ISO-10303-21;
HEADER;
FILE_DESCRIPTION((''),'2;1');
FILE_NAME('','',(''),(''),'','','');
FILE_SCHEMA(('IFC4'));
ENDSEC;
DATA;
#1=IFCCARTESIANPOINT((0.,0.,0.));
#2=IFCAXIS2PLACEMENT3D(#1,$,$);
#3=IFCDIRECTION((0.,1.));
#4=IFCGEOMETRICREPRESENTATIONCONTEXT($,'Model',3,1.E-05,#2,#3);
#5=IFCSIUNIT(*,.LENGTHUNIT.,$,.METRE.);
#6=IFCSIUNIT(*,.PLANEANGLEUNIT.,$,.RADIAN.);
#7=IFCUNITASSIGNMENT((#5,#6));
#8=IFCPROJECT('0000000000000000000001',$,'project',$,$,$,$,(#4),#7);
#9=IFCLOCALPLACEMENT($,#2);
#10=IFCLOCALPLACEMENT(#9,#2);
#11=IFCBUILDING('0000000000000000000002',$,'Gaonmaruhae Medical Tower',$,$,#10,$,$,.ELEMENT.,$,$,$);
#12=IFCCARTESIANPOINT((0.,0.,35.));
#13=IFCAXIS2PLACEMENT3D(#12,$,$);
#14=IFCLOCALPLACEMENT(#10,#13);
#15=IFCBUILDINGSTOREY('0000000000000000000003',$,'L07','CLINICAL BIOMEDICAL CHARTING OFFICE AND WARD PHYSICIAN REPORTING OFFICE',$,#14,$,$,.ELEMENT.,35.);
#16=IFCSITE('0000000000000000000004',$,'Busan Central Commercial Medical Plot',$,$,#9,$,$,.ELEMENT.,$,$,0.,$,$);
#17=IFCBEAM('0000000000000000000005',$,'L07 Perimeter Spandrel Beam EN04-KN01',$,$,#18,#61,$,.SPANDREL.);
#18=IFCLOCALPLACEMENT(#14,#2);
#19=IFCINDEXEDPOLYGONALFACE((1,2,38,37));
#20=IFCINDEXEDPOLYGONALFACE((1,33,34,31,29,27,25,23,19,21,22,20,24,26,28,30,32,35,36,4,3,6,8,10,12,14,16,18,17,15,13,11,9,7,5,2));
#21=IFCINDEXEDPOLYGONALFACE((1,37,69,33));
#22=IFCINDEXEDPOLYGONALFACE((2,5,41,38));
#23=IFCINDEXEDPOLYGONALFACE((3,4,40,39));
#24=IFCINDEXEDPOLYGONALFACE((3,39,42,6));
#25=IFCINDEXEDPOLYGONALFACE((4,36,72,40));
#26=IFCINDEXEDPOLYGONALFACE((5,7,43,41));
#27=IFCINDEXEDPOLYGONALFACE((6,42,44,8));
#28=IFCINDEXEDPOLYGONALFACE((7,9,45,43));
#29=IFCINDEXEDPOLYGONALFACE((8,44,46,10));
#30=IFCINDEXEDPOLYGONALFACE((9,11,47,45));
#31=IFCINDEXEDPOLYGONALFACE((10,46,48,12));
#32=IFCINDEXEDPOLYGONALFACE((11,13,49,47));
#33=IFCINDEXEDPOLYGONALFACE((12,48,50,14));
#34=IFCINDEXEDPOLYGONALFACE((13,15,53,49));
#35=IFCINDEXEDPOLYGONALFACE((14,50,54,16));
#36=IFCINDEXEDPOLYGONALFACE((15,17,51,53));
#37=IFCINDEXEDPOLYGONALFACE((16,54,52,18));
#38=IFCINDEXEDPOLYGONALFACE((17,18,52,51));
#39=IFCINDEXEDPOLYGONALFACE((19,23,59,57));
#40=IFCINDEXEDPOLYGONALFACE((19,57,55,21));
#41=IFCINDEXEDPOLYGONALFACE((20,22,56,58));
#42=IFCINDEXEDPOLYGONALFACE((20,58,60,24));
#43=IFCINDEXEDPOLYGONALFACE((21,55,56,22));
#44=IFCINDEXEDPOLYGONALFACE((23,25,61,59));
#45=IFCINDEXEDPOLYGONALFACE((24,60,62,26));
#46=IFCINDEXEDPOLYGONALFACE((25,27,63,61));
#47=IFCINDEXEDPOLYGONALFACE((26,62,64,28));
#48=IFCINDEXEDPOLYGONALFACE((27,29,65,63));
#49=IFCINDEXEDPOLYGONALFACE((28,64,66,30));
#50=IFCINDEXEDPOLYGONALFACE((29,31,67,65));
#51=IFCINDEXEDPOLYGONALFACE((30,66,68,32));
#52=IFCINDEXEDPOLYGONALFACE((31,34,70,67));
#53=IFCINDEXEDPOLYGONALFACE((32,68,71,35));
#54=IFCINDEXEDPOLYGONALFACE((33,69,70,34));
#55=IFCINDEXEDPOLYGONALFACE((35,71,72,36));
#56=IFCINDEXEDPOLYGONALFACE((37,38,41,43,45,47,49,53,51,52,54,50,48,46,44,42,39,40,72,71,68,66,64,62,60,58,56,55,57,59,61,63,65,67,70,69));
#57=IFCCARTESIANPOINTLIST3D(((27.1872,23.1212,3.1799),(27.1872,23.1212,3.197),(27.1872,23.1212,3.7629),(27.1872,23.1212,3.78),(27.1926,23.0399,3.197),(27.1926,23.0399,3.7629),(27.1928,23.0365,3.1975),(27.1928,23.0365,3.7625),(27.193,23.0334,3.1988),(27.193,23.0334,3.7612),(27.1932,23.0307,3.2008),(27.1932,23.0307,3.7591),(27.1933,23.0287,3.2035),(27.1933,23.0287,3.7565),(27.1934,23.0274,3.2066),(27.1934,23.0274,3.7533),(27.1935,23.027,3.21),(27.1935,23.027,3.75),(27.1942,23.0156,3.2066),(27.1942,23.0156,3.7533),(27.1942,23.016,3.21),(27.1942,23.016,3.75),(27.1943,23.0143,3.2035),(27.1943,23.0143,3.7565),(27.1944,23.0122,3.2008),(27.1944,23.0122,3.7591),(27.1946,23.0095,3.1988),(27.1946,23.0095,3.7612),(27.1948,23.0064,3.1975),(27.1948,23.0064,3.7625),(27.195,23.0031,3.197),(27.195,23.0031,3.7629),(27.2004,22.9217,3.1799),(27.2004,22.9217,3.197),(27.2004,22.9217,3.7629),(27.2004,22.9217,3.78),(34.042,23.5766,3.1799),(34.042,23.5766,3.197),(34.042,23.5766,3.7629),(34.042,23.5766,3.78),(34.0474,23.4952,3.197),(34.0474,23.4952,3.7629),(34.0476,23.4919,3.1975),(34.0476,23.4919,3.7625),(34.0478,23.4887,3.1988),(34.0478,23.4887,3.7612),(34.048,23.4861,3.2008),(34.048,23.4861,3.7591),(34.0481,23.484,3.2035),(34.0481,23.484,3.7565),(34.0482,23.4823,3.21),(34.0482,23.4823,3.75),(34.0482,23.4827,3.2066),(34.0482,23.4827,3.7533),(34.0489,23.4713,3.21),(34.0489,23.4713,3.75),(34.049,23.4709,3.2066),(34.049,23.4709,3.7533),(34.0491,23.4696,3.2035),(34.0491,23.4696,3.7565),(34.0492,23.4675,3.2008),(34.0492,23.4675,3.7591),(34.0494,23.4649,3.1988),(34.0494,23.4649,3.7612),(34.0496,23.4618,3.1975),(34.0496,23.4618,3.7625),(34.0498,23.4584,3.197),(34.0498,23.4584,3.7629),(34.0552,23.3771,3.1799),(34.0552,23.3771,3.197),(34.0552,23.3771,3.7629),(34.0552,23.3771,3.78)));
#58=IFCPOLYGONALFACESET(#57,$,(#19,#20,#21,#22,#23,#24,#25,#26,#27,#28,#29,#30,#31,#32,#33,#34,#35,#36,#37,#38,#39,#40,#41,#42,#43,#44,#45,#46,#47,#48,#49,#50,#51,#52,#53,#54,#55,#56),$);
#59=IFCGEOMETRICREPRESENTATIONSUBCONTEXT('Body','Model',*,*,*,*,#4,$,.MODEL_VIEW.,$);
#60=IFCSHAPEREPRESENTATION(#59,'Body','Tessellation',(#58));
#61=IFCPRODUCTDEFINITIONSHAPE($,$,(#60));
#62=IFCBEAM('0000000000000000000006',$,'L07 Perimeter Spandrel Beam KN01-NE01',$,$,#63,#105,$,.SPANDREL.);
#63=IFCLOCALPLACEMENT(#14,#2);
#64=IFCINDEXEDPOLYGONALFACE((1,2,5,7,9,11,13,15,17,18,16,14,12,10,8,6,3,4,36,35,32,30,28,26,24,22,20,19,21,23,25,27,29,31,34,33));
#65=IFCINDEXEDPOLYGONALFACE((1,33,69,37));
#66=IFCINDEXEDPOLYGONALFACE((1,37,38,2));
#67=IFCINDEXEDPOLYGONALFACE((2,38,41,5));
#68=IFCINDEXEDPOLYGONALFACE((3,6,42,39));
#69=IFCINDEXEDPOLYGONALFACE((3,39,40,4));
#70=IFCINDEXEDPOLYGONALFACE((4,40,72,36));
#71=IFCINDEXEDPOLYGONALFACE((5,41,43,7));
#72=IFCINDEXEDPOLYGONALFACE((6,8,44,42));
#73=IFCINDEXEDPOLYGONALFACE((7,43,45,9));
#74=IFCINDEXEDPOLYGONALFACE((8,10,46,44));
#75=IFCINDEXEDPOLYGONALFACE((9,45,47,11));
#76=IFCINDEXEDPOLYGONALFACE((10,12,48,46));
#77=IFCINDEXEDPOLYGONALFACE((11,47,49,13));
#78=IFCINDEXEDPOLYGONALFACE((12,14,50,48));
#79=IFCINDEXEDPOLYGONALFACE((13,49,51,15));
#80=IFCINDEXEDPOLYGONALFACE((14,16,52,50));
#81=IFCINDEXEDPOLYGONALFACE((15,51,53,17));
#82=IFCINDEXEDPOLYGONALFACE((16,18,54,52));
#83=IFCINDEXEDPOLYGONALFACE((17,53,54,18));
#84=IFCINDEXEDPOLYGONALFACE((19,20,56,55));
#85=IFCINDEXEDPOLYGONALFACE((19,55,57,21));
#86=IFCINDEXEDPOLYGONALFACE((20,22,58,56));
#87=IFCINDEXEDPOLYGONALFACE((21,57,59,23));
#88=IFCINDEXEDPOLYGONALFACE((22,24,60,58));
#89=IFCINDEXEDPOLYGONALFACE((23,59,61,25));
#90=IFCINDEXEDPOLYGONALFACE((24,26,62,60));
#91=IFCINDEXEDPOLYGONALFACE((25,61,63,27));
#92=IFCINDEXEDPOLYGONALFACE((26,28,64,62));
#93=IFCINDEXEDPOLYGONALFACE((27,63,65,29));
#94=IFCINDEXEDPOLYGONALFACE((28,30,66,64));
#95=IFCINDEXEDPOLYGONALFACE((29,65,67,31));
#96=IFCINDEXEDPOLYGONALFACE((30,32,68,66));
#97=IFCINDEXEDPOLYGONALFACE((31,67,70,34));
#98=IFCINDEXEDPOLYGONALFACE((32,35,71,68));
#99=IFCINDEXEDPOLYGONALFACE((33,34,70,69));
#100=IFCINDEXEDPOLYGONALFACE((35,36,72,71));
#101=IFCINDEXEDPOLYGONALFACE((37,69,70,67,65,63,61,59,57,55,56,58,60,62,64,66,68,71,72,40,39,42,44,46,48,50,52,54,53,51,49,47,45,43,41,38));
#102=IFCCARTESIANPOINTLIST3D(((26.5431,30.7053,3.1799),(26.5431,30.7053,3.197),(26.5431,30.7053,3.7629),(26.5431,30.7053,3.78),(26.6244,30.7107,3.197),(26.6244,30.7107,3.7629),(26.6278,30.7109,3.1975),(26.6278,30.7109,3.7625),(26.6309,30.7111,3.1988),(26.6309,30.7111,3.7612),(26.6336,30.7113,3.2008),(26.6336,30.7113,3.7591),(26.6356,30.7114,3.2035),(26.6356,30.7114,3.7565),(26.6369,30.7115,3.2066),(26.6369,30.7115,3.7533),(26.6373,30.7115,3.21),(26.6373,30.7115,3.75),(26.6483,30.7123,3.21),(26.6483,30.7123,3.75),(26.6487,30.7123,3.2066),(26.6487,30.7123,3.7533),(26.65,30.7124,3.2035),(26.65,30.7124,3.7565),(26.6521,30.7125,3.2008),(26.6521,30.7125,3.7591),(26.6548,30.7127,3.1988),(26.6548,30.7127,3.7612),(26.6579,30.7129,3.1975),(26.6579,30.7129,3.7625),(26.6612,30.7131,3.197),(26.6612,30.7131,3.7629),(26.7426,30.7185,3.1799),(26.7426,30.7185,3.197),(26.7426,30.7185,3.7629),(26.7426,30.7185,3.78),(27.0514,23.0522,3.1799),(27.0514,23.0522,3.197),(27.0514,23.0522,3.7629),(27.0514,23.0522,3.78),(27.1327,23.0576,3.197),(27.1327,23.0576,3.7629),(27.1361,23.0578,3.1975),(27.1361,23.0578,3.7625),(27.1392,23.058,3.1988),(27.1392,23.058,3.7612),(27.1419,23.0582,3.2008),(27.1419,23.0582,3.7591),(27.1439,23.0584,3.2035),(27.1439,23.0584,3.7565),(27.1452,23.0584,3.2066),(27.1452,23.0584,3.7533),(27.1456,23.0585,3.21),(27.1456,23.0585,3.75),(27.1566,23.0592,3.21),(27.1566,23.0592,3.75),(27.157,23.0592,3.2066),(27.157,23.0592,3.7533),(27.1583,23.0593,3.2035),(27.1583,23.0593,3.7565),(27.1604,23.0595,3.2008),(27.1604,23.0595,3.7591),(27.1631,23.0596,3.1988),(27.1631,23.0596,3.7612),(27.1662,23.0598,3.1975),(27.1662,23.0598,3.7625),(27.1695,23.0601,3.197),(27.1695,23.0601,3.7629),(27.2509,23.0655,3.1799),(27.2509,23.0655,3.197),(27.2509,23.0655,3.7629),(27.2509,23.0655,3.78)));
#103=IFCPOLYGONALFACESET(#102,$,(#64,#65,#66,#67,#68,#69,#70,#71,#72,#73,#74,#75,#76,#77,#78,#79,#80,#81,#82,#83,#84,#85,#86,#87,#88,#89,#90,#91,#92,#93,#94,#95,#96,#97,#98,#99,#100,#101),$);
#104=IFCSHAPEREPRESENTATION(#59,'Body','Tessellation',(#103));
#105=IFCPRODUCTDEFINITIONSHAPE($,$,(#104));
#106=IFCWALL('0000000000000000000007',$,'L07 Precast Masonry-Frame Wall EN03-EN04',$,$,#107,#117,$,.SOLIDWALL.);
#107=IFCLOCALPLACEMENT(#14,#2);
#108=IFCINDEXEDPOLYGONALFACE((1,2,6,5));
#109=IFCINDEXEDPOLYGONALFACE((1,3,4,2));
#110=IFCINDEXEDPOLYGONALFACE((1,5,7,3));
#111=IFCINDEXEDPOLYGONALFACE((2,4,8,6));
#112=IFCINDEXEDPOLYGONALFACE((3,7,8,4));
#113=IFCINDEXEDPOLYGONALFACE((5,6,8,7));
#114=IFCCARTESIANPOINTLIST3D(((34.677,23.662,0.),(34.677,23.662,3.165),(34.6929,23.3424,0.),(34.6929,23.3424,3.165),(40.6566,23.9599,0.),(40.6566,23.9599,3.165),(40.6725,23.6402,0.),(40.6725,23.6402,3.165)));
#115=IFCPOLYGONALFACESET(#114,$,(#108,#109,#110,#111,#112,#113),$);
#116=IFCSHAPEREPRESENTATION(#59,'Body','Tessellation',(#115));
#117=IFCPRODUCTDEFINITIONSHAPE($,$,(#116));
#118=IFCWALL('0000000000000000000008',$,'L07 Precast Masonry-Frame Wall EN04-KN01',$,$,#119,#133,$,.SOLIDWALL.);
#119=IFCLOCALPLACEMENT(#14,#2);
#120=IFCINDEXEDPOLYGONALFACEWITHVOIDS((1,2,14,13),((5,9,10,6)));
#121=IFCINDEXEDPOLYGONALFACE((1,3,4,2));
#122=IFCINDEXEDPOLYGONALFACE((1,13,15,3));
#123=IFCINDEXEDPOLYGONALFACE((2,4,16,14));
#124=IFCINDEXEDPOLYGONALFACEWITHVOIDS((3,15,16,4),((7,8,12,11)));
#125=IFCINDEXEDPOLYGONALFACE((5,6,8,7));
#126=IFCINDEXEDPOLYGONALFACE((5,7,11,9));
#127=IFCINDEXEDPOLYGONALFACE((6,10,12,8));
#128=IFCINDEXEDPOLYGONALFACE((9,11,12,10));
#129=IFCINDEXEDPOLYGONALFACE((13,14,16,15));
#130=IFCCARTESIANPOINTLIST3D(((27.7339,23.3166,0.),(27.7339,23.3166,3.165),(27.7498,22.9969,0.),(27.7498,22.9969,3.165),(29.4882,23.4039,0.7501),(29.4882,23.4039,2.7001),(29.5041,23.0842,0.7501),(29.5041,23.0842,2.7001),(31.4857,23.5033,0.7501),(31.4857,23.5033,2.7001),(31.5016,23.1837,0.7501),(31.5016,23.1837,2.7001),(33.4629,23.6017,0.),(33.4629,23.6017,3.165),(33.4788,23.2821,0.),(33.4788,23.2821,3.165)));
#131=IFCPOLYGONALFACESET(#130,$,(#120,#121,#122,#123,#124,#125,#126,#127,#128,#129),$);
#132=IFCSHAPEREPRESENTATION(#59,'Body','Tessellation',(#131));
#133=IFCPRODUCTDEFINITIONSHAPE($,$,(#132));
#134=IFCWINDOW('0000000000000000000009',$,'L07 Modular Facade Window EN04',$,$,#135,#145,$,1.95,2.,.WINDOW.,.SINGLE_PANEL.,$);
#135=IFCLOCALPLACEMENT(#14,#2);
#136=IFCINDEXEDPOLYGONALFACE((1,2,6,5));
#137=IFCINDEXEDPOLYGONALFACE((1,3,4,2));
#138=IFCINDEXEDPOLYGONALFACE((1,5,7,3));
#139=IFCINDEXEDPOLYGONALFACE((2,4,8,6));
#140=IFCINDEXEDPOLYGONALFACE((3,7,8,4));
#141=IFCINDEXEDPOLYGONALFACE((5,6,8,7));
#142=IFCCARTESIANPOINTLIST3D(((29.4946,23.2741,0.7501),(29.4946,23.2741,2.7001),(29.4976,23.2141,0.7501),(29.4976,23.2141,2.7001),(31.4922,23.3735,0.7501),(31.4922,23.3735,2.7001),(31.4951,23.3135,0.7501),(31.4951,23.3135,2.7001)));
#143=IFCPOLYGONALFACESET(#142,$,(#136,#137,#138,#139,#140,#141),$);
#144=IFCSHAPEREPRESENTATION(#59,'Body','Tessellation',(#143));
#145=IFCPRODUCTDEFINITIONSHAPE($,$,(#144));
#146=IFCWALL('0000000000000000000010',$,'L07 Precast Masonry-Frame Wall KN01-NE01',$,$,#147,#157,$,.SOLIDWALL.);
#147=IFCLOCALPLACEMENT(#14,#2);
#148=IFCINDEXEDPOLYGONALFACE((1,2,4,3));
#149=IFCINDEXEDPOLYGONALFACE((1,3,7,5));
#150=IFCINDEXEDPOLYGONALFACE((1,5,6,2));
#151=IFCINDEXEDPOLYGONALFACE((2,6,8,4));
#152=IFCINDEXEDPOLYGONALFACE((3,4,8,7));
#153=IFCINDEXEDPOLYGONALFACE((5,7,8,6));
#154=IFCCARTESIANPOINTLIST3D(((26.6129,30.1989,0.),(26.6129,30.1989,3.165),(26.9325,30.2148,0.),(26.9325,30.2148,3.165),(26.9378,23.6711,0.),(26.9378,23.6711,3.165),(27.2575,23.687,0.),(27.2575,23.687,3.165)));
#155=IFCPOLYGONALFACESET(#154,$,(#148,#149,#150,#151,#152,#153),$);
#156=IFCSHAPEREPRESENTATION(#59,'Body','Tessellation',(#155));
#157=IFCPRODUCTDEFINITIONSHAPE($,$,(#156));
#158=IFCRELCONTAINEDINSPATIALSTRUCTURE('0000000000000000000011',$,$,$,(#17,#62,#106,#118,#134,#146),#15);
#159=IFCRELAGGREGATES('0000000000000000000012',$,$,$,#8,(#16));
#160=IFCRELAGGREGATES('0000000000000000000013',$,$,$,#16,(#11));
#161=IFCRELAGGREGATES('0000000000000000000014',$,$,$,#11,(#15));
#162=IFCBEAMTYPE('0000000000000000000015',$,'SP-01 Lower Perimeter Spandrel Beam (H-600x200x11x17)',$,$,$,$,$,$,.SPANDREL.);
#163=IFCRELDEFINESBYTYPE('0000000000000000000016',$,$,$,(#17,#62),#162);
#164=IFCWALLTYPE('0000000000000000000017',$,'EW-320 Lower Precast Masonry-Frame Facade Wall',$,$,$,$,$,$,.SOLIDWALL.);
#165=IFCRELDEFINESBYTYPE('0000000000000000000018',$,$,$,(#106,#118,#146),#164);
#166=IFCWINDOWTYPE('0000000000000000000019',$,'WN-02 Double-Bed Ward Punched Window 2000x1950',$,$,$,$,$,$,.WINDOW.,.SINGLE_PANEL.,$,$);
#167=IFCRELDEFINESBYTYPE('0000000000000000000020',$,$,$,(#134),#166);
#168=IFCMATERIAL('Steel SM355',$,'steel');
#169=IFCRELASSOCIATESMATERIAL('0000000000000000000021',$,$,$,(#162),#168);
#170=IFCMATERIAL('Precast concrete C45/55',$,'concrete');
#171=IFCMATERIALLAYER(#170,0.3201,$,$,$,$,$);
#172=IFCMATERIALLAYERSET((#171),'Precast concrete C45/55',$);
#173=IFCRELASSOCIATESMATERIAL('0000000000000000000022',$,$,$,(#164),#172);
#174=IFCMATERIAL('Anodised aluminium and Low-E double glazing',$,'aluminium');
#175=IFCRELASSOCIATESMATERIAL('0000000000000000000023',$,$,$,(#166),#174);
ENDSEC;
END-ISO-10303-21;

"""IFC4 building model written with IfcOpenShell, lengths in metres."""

from ifc_helpers import new_model, si_unit, direction, frame, frame_2d, origin, origin_2d, place, context, subcontext, project, spatial, rectangle, i_section, extrude, material, layer, layer_set, material_profile, profile_set, type_object, element, fill, save


model = new_model("IFC4")

# Units and contexts
model_context = context("Model", 3, precision=1e-05, world=origin(), true_north=direction((0.0, 1.0)))
body_context = subcontext(model_context, "Body", "Model", "MODEL_VIEW")
ifc_project = project(units=[si_unit("LENGTHUNIT", "METRE"), si_unit("PLANEANGLEUNIT", "RADIAN")], contexts=[model_context])

# Site, building, storey
site_placement = place(None, origin())
site = spatial("IfcSite", under=ifc_project, at=site_placement, Name="Busan Central Commercial Medical Plot", CompositionType="ELEMENT", RefElevation=0.0)
building_placement = place(site_placement, origin())
building = spatial("IfcBuilding", under=site, at=building_placement, Name="Gaonmaruhae Medical Tower", CompositionType="ELEMENT")
storey_placement = place(building_placement, frame((0.0, 0.0, 35.0)))
storey = spatial("IfcBuildingStorey", under=building, at=storey_placement, Name="L07", Description="CLINICAL BIOMEDICAL CHARTING OFFICE AND WARD PHYSICIAN REPORTING OFFICE", CompositionType="ELEMENT", Elevation=35.0)

# Beams
ifc_material_1 = material(Name="Steel SM355", Category="steel")
ifc_material_profile_1 = material_profile(ifc_material_1, i_section(OverallWidth=0.2, OverallDepth=0.6001, WebThickness=0.011, FlangeThickness=0.0171, FilletRadius=0.0129, at=origin_2d()), Name="H-600x200x11x17")
ifc_profile_set_1 = profile_set([ifc_material_profile_1], Name="Steel SM355")
beam_type_1 = type_object("IfcBeamType", Name="SP-01 Lower Perimeter Spandrel Beam (H-600x200x11x17)", PredefinedType="SPANDREL", material=ifc_profile_set_1)
beam_1_placement = place(storey_placement, frame((34.0486, 23.4768, 3.48), z_axis=(-0.997801, -0.066278, 0.0), x_axis=(0.066278, -0.997801, 0.0)))
element("IfcBeam", 1, at=beam_1_placement, inside=storey, type_object=beam_type_1, Name="L07 Perimeter Spandrel Beam EN04-KN01", PredefinedType="SPANDREL", context=body_context, shape_type="SweptSolid", body=[
    extrude(i_section(OverallWidth=0.2, OverallDepth=0.6001, WebThickness=0.011, FlangeThickness=0.0171, FilletRadius=0.0129, at=origin_2d()), origin(), (0.0, 0.0, 1.0), 6.8699),
])
beam_2_placement = place(storey_placement, frame((27.1511, 23.0588, 3.48), z_axis=(-0.066272, 0.997802, 0.0), x_axis=(-0.997802, -0.066272, 0.0)))
element("IfcBeam", 2, at=beam_2_placement, inside=storey, type_object=beam_type_1, Name="L07 Perimeter Spandrel Beam KN01-NE01", PredefinedType="SPANDREL", context=body_context, shape_type="SweptSolid", body=[
    extrude(i_section(OverallWidth=0.2, OverallDepth=0.6001, WebThickness=0.011, FlangeThickness=0.0171, FilletRadius=0.0129, at=origin_2d()), origin(), (0.0, 0.0, 1.0), 7.6699),
])

# Wall
ifc_material_2 = material(Name="Precast concrete C45/55", Category="concrete")
ifc_layer_1 = layer(ifc_material_2, 0.3201)
ifc_layer_set_1 = layer_set([ifc_layer_1], Name="Precast concrete C45/55")
wall_type_1 = type_object("IfcWallType", Name="EW-320 Lower Precast Masonry-Frame Facade Wall", PredefinedType="SOLIDWALL", material=ifc_layer_set_1)
wall_1_placement = place(storey_placement, frame((34.6848, 23.5022, 0.0), z_axis=(0.0, 0.0, 1.0), x_axis=(0.998762, 0.049748, 0.0)))
element("IfcWall", 3, at=wall_1_placement, inside=storey, type_object=wall_type_1, Name="L07 Precast Masonry-Frame Wall EN03-EN04", PredefinedType="SOLIDWALL", context=body_context, shape_type="SweptSolid", body=[
    extrude(rectangle(XDim=5.9871, YDim=0.3201, at=frame_2d((2.9937, 0.0))), origin(), (0.0, 0.0, 1.0), 3.165),
])

# Wall, opening, window
wall_2_placement = place(storey_placement, frame((27.7417, 23.1567, 0.0), z_axis=(0.0, 0.0, 1.0), x_axis=(0.998764, 0.049713, 0.0)))
wall_2 = element("IfcWall", 4, at=wall_2_placement, inside=storey, type_object=wall_type_1, Name="L07 Precast Masonry-Frame Wall EN04-KN01", PredefinedType="SOLIDWALL", context=body_context, shape_type="SweptSolid", body=[
    extrude(rectangle(XDim=5.7361, YDim=0.3201, at=frame_2d((2.8682, 0.0))), origin(), (0.0, 0.0, 1.0), 3.165),
])
opening_1_placement = place(wall_2_placement, frame((1.7566, 0.0, 0.75)))
opening_1 = element("IfcOpeningElement", 5, at=opening_1_placement, cuts=wall_2, PredefinedType="OPENING", context=body_context, shape_type="SweptSolid", body=[
    extrude(rectangle(XDim=2.0, YDim=1.95, at=frame_2d((1.0, 0.9751))), frame((0.0, 0.1699, 0.0), z_axis=(0.0, -1.0, 0.0), x_axis=(1.0, 0.0, 0.0)), (0.0, 0.0, 1.0), 0.3401),
])
ifc_material_3 = material(Name="Anodised aluminium and Low-E double glazing", Category="aluminium")
window_type = type_object("IfcWindowType", Name="WN-02 Double-Bed Ward Punched Window 2000x1950", PartitioningType="SINGLE_PANEL", PredefinedType="WINDOW", material=ifc_material_3)
window_placement = place(opening_1_placement, origin())
window = element("IfcWindow", 6, at=window_placement, inside=storey, type_object=window_type, Name="L07 Modular Facade Window EN04", OverallHeight=1.95, OverallWidth=2.0, PartitioningType="SINGLE_PANEL", PredefinedType="WINDOW", context=body_context, shape_type="SweptSolid", body=[
    extrude(rectangle(XDim=2.0, YDim=1.95, at=frame_2d((1.0, 0.9751))), frame((0.0, 0.03, 0.0), z_axis=(0.0, -1.0, 0.0), x_axis=(1.0, 0.0, 0.0)), (0.0, 0.0, 1.0), 0.0601),
])
fill(opening_1, window)

# Wall
wall_3_placement = place(storey_placement, frame((27.0977, 23.679, 0.0), z_axis=(0.0, 0.0, 1.0), x_axis=(-0.049718, 0.998763, 0.0)))
element("IfcWall", 7, at=wall_3_placement, inside=storey, type_object=wall_type_1, Name="L07 Precast Masonry-Frame Wall KN01-NE01", PredefinedType="SOLIDWALL", context=body_context, shape_type="SweptSolid", body=[
    extrude(rectangle(XDim=6.5359, YDim=0.3201, at=frame_2d((3.2681, 0.0))), origin(), (0.0, 0.0, 1.0), 3.165),
])

save(model, "model.ifc")
